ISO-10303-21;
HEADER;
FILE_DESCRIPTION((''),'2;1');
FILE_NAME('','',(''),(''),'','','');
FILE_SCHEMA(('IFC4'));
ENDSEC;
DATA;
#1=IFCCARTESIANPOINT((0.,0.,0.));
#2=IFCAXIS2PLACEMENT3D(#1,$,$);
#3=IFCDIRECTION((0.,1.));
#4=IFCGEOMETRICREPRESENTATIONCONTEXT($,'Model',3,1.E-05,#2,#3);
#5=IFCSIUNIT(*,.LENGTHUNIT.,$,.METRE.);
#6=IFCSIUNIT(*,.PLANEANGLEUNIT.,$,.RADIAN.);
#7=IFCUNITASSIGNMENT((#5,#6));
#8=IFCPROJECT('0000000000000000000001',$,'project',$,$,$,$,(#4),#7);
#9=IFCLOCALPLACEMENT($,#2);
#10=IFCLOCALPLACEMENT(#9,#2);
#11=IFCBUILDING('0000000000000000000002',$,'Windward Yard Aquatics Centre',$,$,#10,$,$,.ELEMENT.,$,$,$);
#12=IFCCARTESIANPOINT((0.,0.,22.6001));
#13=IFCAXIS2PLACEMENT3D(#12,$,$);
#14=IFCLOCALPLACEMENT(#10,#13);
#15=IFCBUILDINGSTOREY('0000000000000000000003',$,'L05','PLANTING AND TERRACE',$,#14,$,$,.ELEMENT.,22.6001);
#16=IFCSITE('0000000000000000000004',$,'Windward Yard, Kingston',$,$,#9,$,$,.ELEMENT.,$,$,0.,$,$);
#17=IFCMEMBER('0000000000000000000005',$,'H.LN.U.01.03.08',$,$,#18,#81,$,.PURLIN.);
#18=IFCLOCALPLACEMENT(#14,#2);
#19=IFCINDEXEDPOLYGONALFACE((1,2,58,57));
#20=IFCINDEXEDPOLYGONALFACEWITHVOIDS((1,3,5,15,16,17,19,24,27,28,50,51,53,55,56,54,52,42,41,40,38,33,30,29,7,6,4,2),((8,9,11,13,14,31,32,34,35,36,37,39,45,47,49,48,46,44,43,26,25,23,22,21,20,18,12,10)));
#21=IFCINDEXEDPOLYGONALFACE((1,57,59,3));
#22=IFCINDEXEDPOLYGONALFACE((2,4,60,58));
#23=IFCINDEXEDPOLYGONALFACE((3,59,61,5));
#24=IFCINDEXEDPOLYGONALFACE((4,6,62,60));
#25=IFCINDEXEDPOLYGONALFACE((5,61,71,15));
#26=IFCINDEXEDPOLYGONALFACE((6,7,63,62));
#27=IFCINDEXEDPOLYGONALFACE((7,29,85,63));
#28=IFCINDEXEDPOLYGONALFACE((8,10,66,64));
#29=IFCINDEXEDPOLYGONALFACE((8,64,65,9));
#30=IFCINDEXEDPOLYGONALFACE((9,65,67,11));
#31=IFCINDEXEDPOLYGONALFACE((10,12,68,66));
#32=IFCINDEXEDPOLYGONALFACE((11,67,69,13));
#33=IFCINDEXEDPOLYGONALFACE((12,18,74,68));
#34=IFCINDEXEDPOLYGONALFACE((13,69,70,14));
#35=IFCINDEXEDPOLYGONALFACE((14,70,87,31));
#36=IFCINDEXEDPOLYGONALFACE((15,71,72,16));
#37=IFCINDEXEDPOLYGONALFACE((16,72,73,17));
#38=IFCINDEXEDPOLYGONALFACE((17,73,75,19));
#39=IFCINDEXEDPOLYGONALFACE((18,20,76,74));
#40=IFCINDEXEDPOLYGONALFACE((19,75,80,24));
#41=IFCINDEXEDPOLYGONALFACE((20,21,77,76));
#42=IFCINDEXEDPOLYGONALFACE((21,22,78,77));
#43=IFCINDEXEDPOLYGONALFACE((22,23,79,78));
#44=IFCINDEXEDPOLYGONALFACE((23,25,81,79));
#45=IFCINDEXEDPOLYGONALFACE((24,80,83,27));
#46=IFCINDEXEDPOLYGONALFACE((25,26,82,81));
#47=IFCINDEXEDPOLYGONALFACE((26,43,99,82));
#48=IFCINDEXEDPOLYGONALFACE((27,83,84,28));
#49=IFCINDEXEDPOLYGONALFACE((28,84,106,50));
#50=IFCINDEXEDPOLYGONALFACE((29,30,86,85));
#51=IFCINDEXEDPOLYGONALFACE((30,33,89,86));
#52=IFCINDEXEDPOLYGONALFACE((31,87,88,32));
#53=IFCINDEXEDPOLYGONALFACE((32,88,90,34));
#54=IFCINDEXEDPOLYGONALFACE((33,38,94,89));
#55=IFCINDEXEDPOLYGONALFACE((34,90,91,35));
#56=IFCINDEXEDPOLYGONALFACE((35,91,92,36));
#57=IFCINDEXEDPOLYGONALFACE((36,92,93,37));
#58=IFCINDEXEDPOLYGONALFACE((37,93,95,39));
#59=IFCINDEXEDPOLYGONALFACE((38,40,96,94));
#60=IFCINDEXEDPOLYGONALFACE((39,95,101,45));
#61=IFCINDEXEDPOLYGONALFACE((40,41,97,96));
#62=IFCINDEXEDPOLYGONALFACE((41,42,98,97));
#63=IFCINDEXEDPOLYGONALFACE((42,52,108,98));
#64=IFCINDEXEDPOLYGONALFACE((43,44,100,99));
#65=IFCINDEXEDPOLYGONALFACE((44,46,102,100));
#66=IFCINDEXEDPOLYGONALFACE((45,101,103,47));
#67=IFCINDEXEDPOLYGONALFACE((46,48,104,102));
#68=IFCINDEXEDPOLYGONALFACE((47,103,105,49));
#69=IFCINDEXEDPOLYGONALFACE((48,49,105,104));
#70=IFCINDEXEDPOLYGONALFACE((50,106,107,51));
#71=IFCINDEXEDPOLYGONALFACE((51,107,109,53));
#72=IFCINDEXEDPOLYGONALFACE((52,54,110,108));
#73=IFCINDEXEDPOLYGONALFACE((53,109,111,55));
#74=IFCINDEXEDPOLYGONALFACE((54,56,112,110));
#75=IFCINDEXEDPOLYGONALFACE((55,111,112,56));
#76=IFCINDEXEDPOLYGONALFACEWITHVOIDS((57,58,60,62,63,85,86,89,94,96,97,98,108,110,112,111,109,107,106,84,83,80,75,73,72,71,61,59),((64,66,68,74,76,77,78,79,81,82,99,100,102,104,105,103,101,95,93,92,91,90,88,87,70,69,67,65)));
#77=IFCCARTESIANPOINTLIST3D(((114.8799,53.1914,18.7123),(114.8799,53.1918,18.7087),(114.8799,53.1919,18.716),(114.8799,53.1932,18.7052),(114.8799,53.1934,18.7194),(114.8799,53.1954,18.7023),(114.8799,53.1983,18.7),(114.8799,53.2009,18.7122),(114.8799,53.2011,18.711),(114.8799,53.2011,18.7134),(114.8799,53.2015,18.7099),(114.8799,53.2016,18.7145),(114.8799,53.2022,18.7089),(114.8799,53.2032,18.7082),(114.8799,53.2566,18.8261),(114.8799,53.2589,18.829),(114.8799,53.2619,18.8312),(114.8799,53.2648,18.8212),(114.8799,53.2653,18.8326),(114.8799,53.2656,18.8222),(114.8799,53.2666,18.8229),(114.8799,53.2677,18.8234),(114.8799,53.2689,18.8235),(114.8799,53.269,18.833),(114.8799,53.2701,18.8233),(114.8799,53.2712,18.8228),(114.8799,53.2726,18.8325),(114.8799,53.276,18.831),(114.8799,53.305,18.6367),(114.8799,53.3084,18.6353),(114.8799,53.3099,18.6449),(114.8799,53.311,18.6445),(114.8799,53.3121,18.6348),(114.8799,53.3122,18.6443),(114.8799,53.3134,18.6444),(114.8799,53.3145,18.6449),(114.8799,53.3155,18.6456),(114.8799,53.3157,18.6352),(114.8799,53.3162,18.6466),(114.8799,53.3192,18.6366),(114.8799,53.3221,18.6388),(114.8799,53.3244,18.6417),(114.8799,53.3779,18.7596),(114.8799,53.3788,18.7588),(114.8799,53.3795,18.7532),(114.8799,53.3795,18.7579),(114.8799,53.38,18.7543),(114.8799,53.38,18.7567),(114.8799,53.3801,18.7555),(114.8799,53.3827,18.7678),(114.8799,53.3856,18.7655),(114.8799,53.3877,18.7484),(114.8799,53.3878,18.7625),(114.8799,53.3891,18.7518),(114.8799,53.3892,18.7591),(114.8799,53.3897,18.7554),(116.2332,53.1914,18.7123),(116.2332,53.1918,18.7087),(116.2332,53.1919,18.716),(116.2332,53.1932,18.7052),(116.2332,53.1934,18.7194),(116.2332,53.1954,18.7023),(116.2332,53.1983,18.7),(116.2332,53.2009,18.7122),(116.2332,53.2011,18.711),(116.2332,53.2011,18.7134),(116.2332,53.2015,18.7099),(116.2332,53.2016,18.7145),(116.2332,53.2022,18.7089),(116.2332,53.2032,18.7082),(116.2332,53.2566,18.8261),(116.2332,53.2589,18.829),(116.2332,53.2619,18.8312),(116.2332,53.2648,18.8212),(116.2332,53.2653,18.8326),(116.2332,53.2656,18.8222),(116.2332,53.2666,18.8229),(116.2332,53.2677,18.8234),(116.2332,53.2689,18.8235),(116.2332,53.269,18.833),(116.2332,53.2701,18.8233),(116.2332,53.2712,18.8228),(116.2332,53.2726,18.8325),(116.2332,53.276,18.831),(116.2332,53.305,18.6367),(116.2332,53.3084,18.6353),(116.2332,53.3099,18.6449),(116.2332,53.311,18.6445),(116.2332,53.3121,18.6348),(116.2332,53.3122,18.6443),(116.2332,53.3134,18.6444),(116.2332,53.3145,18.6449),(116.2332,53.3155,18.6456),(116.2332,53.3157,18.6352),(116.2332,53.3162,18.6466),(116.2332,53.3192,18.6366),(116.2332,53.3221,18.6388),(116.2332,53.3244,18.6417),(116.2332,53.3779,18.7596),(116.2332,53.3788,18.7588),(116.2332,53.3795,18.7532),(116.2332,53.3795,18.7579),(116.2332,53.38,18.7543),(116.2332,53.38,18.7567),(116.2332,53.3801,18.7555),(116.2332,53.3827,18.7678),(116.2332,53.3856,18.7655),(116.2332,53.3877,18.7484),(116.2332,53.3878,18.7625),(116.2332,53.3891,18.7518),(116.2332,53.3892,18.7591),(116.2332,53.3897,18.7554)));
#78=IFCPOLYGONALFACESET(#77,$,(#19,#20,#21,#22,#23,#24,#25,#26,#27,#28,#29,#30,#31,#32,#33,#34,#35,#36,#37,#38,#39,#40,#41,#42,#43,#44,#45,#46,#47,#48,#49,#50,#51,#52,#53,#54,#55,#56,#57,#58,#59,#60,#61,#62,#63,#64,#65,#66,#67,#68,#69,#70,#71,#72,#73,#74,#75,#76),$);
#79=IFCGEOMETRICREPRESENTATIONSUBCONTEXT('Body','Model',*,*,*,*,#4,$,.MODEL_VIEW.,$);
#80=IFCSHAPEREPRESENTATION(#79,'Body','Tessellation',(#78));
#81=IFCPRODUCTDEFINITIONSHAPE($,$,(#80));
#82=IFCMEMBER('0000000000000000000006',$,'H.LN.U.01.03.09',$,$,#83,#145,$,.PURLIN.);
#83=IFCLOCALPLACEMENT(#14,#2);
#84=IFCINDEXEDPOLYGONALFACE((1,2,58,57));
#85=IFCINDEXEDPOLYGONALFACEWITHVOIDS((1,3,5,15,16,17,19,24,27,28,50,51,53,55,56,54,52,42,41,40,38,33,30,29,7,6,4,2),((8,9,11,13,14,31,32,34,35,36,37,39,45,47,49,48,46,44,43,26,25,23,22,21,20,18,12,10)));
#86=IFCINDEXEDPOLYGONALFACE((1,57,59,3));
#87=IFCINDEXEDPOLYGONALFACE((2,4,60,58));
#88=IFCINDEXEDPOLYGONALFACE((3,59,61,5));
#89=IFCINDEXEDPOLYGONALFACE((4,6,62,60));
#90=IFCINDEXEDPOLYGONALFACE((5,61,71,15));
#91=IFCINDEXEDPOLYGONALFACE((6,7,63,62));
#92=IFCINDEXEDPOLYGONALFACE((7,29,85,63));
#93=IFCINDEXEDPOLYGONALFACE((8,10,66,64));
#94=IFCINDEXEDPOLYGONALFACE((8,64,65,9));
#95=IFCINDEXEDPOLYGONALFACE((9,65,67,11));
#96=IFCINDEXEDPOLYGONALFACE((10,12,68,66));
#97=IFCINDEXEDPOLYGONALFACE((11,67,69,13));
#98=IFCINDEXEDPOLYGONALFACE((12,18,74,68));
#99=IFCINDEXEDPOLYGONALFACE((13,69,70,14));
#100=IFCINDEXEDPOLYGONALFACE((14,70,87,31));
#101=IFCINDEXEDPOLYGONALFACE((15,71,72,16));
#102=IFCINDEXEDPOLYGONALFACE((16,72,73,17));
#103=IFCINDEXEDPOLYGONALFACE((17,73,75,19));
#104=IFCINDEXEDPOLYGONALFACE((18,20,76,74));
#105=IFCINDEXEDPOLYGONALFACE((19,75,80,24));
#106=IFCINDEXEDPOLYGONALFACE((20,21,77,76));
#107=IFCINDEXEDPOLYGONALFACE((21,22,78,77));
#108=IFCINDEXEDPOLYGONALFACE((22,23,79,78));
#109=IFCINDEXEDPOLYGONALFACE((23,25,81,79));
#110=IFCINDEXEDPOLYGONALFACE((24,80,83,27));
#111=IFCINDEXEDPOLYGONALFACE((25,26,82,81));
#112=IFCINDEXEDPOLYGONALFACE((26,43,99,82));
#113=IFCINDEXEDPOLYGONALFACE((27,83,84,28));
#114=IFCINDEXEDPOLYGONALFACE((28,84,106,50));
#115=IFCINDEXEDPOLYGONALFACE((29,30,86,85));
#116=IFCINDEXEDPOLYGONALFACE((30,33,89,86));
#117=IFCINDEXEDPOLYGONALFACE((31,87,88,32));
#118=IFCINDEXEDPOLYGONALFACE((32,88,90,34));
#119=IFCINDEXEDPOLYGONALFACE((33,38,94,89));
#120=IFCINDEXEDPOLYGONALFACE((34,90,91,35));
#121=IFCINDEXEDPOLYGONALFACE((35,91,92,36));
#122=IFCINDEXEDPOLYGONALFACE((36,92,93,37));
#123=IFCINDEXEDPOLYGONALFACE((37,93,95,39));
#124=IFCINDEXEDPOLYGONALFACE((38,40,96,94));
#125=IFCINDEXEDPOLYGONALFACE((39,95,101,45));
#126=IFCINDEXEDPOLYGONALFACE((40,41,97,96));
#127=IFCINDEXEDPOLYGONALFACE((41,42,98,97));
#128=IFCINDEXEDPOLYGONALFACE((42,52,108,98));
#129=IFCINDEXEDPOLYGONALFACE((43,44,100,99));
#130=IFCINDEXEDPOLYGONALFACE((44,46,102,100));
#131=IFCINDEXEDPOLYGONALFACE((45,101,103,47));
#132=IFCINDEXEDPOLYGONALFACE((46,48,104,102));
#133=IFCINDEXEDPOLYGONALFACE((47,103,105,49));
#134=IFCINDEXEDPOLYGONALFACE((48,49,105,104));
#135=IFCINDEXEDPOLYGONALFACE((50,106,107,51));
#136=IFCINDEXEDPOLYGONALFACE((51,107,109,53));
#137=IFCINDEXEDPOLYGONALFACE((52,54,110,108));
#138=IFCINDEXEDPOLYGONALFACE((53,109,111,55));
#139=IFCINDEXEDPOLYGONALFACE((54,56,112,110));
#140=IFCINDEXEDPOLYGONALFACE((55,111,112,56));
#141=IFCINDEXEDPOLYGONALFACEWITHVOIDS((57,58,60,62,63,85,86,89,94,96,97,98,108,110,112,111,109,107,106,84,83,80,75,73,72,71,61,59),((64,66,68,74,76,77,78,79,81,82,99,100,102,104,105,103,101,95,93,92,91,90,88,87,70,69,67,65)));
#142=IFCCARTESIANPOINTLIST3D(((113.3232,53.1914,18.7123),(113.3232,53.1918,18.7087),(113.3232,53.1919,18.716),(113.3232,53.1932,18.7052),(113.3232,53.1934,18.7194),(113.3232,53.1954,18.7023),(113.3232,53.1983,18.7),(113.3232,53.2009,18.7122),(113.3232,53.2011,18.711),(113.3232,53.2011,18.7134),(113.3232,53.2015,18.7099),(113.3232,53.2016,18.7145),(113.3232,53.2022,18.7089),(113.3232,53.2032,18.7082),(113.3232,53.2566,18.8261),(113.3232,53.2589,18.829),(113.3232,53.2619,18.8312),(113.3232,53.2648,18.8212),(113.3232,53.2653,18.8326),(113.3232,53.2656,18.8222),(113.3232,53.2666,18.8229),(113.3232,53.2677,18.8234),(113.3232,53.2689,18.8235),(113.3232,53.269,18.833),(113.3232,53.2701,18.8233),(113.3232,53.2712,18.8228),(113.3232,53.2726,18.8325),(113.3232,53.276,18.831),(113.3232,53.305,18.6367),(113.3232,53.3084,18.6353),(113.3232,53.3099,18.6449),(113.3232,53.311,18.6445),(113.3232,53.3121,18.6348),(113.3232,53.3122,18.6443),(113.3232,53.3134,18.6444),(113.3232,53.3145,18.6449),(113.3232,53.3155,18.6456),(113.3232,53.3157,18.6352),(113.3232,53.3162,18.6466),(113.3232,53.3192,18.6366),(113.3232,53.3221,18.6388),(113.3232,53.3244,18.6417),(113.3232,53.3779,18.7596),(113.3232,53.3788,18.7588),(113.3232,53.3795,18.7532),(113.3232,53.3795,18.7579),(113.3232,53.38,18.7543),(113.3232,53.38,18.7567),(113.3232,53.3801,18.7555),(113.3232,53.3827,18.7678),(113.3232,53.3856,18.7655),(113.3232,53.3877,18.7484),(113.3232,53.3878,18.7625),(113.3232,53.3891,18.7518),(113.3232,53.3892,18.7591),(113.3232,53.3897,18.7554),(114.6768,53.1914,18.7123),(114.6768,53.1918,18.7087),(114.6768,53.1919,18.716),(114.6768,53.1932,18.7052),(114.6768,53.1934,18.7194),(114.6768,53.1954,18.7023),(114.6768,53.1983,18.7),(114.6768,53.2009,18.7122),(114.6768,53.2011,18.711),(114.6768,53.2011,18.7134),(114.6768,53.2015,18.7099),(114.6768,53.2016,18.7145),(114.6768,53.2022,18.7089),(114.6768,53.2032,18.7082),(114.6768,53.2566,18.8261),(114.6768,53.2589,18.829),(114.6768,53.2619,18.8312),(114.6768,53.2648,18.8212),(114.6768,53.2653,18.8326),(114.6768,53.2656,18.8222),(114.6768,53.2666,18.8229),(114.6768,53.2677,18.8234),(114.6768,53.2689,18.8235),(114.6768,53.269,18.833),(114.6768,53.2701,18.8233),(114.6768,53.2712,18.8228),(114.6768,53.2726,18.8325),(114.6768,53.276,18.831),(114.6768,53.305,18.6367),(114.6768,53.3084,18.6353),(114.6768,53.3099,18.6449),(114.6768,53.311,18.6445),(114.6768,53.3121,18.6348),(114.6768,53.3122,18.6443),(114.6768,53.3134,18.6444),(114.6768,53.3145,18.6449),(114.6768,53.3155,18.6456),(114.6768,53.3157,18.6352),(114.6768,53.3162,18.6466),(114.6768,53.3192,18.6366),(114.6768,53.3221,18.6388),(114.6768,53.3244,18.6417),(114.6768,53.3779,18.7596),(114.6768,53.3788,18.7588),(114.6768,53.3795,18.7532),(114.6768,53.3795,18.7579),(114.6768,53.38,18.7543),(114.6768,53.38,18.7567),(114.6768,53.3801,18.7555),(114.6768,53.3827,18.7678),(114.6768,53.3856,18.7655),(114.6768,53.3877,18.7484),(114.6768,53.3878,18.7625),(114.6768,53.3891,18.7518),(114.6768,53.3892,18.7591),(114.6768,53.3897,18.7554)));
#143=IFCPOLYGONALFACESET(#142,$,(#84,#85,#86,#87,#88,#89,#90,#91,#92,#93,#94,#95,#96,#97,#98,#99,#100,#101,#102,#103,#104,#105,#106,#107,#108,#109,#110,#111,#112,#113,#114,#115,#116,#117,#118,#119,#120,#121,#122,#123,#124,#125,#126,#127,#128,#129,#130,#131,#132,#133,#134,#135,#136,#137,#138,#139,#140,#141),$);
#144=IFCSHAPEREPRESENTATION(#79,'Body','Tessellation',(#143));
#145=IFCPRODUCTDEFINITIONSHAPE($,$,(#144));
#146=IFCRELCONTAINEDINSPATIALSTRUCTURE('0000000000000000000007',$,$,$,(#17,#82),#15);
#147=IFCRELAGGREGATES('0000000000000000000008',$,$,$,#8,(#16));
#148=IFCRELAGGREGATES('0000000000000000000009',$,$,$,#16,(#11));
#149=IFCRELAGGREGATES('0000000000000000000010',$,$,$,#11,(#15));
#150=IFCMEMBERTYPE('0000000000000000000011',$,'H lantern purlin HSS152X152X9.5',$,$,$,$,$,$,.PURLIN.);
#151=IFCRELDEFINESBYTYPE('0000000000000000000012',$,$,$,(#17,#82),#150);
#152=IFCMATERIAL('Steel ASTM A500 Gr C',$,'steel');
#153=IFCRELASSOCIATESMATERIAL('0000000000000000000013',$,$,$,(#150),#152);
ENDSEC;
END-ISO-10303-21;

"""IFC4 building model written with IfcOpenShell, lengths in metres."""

from ifc_helpers import new_model, si_unit, direction, frame, origin, origin_2d, place, context, subcontext, project, spatial, hollow_rectangle, extrude, material, material_profile, profile_set, type_object, element, save


model = new_model("IFC4")

# Units and contexts
model_context = context("Model", 3, precision=1e-05, world=origin(), true_north=direction((0.0, 1.0)))
body_context = subcontext(model_context, "Body", "Model", "MODEL_VIEW")
ifc_project = project(units=[si_unit("LENGTHUNIT", "METRE"), si_unit("PLANEANGLEUNIT", "RADIAN")], contexts=[model_context])

# Site, building, storey
site_placement = place(None, origin())
site = spatial("IfcSite", under=ifc_project, at=site_placement, Name="Windward Yard, Kingston", CompositionType="ELEMENT", RefElevation=0.0)
building_placement = place(site_placement, origin())
building = spatial("IfcBuilding", under=site, at=building_placement, Name="Windward Yard Aquatics Centre", CompositionType="ELEMENT")
storey_placement = place(building_placement, frame((0.0, 0.0, 22.6001)))
storey = spatial("IfcBuildingStorey", under=building, at=storey_placement, Name="L05", Description="PLANTING AND TERRACE", CompositionType="ELEMENT", Elevation=22.6001)

# Members
ifc_material_1 = material(Name="Steel ASTM A500 Gr C", Category="steel")
ifc_material_profile = material_profile(ifc_material_1, hollow_rectangle(XDim=0.1523, YDim=0.1523, WallThickness=0.0095, InnerFilletRadius=0.0046, OuterFilletRadius=0.0142, at=origin_2d()), Name="HSS152X152X9.5")
ifc_profile_set = profile_set([ifc_material_profile], Name="Steel ASTM A500 Gr C")
member_type = type_object("IfcMemberType", Name="H lantern purlin HSS152X152X9.5", PredefinedType="PURLIN", material=ifc_profile_set)
member_1_placement = place(storey_placement, frame((116.2332, 53.2905, 18.7339), z_axis=(-1.0, 0.0, 0.0), x_axis=(0.0, -0.51012, -0.860103)))
element("IfcMember", 1, at=member_1_placement, inside=storey, type_object=member_type, Name="H.LN.U.01.03.08", PredefinedType="PURLIN", context=body_context, shape_type="SweptSolid", body=[
    extrude(hollow_rectangle(XDim=0.1523, YDim=0.1523, WallThickness=0.0095, InnerFilletRadius=0.0046, OuterFilletRadius=0.0142, at=origin_2d()), origin(), (0.0, 0.0, 1.0), 1.3533),
])
member_2_placement = place(storey_placement, frame((114.6768, 53.2905, 18.7339), z_axis=(-1.0, 0.0, 0.0), x_axis=(0.0, -0.51012, -0.860103)))
element("IfcMember", 2, at=member_2_placement, inside=storey, type_object=member_type, Name="H.LN.U.01.03.09", PredefinedType="PURLIN", context=body_context, shape_type="SweptSolid", body=[
    extrude(hollow_rectangle(XDim=0.1523, YDim=0.1523, WallThickness=0.0095, InnerFilletRadius=0.0046, OuterFilletRadius=0.0142, at=origin_2d()), origin(), (0.0, 0.0, 1.0), 1.3535),
])

save(model, "model.ifc")
